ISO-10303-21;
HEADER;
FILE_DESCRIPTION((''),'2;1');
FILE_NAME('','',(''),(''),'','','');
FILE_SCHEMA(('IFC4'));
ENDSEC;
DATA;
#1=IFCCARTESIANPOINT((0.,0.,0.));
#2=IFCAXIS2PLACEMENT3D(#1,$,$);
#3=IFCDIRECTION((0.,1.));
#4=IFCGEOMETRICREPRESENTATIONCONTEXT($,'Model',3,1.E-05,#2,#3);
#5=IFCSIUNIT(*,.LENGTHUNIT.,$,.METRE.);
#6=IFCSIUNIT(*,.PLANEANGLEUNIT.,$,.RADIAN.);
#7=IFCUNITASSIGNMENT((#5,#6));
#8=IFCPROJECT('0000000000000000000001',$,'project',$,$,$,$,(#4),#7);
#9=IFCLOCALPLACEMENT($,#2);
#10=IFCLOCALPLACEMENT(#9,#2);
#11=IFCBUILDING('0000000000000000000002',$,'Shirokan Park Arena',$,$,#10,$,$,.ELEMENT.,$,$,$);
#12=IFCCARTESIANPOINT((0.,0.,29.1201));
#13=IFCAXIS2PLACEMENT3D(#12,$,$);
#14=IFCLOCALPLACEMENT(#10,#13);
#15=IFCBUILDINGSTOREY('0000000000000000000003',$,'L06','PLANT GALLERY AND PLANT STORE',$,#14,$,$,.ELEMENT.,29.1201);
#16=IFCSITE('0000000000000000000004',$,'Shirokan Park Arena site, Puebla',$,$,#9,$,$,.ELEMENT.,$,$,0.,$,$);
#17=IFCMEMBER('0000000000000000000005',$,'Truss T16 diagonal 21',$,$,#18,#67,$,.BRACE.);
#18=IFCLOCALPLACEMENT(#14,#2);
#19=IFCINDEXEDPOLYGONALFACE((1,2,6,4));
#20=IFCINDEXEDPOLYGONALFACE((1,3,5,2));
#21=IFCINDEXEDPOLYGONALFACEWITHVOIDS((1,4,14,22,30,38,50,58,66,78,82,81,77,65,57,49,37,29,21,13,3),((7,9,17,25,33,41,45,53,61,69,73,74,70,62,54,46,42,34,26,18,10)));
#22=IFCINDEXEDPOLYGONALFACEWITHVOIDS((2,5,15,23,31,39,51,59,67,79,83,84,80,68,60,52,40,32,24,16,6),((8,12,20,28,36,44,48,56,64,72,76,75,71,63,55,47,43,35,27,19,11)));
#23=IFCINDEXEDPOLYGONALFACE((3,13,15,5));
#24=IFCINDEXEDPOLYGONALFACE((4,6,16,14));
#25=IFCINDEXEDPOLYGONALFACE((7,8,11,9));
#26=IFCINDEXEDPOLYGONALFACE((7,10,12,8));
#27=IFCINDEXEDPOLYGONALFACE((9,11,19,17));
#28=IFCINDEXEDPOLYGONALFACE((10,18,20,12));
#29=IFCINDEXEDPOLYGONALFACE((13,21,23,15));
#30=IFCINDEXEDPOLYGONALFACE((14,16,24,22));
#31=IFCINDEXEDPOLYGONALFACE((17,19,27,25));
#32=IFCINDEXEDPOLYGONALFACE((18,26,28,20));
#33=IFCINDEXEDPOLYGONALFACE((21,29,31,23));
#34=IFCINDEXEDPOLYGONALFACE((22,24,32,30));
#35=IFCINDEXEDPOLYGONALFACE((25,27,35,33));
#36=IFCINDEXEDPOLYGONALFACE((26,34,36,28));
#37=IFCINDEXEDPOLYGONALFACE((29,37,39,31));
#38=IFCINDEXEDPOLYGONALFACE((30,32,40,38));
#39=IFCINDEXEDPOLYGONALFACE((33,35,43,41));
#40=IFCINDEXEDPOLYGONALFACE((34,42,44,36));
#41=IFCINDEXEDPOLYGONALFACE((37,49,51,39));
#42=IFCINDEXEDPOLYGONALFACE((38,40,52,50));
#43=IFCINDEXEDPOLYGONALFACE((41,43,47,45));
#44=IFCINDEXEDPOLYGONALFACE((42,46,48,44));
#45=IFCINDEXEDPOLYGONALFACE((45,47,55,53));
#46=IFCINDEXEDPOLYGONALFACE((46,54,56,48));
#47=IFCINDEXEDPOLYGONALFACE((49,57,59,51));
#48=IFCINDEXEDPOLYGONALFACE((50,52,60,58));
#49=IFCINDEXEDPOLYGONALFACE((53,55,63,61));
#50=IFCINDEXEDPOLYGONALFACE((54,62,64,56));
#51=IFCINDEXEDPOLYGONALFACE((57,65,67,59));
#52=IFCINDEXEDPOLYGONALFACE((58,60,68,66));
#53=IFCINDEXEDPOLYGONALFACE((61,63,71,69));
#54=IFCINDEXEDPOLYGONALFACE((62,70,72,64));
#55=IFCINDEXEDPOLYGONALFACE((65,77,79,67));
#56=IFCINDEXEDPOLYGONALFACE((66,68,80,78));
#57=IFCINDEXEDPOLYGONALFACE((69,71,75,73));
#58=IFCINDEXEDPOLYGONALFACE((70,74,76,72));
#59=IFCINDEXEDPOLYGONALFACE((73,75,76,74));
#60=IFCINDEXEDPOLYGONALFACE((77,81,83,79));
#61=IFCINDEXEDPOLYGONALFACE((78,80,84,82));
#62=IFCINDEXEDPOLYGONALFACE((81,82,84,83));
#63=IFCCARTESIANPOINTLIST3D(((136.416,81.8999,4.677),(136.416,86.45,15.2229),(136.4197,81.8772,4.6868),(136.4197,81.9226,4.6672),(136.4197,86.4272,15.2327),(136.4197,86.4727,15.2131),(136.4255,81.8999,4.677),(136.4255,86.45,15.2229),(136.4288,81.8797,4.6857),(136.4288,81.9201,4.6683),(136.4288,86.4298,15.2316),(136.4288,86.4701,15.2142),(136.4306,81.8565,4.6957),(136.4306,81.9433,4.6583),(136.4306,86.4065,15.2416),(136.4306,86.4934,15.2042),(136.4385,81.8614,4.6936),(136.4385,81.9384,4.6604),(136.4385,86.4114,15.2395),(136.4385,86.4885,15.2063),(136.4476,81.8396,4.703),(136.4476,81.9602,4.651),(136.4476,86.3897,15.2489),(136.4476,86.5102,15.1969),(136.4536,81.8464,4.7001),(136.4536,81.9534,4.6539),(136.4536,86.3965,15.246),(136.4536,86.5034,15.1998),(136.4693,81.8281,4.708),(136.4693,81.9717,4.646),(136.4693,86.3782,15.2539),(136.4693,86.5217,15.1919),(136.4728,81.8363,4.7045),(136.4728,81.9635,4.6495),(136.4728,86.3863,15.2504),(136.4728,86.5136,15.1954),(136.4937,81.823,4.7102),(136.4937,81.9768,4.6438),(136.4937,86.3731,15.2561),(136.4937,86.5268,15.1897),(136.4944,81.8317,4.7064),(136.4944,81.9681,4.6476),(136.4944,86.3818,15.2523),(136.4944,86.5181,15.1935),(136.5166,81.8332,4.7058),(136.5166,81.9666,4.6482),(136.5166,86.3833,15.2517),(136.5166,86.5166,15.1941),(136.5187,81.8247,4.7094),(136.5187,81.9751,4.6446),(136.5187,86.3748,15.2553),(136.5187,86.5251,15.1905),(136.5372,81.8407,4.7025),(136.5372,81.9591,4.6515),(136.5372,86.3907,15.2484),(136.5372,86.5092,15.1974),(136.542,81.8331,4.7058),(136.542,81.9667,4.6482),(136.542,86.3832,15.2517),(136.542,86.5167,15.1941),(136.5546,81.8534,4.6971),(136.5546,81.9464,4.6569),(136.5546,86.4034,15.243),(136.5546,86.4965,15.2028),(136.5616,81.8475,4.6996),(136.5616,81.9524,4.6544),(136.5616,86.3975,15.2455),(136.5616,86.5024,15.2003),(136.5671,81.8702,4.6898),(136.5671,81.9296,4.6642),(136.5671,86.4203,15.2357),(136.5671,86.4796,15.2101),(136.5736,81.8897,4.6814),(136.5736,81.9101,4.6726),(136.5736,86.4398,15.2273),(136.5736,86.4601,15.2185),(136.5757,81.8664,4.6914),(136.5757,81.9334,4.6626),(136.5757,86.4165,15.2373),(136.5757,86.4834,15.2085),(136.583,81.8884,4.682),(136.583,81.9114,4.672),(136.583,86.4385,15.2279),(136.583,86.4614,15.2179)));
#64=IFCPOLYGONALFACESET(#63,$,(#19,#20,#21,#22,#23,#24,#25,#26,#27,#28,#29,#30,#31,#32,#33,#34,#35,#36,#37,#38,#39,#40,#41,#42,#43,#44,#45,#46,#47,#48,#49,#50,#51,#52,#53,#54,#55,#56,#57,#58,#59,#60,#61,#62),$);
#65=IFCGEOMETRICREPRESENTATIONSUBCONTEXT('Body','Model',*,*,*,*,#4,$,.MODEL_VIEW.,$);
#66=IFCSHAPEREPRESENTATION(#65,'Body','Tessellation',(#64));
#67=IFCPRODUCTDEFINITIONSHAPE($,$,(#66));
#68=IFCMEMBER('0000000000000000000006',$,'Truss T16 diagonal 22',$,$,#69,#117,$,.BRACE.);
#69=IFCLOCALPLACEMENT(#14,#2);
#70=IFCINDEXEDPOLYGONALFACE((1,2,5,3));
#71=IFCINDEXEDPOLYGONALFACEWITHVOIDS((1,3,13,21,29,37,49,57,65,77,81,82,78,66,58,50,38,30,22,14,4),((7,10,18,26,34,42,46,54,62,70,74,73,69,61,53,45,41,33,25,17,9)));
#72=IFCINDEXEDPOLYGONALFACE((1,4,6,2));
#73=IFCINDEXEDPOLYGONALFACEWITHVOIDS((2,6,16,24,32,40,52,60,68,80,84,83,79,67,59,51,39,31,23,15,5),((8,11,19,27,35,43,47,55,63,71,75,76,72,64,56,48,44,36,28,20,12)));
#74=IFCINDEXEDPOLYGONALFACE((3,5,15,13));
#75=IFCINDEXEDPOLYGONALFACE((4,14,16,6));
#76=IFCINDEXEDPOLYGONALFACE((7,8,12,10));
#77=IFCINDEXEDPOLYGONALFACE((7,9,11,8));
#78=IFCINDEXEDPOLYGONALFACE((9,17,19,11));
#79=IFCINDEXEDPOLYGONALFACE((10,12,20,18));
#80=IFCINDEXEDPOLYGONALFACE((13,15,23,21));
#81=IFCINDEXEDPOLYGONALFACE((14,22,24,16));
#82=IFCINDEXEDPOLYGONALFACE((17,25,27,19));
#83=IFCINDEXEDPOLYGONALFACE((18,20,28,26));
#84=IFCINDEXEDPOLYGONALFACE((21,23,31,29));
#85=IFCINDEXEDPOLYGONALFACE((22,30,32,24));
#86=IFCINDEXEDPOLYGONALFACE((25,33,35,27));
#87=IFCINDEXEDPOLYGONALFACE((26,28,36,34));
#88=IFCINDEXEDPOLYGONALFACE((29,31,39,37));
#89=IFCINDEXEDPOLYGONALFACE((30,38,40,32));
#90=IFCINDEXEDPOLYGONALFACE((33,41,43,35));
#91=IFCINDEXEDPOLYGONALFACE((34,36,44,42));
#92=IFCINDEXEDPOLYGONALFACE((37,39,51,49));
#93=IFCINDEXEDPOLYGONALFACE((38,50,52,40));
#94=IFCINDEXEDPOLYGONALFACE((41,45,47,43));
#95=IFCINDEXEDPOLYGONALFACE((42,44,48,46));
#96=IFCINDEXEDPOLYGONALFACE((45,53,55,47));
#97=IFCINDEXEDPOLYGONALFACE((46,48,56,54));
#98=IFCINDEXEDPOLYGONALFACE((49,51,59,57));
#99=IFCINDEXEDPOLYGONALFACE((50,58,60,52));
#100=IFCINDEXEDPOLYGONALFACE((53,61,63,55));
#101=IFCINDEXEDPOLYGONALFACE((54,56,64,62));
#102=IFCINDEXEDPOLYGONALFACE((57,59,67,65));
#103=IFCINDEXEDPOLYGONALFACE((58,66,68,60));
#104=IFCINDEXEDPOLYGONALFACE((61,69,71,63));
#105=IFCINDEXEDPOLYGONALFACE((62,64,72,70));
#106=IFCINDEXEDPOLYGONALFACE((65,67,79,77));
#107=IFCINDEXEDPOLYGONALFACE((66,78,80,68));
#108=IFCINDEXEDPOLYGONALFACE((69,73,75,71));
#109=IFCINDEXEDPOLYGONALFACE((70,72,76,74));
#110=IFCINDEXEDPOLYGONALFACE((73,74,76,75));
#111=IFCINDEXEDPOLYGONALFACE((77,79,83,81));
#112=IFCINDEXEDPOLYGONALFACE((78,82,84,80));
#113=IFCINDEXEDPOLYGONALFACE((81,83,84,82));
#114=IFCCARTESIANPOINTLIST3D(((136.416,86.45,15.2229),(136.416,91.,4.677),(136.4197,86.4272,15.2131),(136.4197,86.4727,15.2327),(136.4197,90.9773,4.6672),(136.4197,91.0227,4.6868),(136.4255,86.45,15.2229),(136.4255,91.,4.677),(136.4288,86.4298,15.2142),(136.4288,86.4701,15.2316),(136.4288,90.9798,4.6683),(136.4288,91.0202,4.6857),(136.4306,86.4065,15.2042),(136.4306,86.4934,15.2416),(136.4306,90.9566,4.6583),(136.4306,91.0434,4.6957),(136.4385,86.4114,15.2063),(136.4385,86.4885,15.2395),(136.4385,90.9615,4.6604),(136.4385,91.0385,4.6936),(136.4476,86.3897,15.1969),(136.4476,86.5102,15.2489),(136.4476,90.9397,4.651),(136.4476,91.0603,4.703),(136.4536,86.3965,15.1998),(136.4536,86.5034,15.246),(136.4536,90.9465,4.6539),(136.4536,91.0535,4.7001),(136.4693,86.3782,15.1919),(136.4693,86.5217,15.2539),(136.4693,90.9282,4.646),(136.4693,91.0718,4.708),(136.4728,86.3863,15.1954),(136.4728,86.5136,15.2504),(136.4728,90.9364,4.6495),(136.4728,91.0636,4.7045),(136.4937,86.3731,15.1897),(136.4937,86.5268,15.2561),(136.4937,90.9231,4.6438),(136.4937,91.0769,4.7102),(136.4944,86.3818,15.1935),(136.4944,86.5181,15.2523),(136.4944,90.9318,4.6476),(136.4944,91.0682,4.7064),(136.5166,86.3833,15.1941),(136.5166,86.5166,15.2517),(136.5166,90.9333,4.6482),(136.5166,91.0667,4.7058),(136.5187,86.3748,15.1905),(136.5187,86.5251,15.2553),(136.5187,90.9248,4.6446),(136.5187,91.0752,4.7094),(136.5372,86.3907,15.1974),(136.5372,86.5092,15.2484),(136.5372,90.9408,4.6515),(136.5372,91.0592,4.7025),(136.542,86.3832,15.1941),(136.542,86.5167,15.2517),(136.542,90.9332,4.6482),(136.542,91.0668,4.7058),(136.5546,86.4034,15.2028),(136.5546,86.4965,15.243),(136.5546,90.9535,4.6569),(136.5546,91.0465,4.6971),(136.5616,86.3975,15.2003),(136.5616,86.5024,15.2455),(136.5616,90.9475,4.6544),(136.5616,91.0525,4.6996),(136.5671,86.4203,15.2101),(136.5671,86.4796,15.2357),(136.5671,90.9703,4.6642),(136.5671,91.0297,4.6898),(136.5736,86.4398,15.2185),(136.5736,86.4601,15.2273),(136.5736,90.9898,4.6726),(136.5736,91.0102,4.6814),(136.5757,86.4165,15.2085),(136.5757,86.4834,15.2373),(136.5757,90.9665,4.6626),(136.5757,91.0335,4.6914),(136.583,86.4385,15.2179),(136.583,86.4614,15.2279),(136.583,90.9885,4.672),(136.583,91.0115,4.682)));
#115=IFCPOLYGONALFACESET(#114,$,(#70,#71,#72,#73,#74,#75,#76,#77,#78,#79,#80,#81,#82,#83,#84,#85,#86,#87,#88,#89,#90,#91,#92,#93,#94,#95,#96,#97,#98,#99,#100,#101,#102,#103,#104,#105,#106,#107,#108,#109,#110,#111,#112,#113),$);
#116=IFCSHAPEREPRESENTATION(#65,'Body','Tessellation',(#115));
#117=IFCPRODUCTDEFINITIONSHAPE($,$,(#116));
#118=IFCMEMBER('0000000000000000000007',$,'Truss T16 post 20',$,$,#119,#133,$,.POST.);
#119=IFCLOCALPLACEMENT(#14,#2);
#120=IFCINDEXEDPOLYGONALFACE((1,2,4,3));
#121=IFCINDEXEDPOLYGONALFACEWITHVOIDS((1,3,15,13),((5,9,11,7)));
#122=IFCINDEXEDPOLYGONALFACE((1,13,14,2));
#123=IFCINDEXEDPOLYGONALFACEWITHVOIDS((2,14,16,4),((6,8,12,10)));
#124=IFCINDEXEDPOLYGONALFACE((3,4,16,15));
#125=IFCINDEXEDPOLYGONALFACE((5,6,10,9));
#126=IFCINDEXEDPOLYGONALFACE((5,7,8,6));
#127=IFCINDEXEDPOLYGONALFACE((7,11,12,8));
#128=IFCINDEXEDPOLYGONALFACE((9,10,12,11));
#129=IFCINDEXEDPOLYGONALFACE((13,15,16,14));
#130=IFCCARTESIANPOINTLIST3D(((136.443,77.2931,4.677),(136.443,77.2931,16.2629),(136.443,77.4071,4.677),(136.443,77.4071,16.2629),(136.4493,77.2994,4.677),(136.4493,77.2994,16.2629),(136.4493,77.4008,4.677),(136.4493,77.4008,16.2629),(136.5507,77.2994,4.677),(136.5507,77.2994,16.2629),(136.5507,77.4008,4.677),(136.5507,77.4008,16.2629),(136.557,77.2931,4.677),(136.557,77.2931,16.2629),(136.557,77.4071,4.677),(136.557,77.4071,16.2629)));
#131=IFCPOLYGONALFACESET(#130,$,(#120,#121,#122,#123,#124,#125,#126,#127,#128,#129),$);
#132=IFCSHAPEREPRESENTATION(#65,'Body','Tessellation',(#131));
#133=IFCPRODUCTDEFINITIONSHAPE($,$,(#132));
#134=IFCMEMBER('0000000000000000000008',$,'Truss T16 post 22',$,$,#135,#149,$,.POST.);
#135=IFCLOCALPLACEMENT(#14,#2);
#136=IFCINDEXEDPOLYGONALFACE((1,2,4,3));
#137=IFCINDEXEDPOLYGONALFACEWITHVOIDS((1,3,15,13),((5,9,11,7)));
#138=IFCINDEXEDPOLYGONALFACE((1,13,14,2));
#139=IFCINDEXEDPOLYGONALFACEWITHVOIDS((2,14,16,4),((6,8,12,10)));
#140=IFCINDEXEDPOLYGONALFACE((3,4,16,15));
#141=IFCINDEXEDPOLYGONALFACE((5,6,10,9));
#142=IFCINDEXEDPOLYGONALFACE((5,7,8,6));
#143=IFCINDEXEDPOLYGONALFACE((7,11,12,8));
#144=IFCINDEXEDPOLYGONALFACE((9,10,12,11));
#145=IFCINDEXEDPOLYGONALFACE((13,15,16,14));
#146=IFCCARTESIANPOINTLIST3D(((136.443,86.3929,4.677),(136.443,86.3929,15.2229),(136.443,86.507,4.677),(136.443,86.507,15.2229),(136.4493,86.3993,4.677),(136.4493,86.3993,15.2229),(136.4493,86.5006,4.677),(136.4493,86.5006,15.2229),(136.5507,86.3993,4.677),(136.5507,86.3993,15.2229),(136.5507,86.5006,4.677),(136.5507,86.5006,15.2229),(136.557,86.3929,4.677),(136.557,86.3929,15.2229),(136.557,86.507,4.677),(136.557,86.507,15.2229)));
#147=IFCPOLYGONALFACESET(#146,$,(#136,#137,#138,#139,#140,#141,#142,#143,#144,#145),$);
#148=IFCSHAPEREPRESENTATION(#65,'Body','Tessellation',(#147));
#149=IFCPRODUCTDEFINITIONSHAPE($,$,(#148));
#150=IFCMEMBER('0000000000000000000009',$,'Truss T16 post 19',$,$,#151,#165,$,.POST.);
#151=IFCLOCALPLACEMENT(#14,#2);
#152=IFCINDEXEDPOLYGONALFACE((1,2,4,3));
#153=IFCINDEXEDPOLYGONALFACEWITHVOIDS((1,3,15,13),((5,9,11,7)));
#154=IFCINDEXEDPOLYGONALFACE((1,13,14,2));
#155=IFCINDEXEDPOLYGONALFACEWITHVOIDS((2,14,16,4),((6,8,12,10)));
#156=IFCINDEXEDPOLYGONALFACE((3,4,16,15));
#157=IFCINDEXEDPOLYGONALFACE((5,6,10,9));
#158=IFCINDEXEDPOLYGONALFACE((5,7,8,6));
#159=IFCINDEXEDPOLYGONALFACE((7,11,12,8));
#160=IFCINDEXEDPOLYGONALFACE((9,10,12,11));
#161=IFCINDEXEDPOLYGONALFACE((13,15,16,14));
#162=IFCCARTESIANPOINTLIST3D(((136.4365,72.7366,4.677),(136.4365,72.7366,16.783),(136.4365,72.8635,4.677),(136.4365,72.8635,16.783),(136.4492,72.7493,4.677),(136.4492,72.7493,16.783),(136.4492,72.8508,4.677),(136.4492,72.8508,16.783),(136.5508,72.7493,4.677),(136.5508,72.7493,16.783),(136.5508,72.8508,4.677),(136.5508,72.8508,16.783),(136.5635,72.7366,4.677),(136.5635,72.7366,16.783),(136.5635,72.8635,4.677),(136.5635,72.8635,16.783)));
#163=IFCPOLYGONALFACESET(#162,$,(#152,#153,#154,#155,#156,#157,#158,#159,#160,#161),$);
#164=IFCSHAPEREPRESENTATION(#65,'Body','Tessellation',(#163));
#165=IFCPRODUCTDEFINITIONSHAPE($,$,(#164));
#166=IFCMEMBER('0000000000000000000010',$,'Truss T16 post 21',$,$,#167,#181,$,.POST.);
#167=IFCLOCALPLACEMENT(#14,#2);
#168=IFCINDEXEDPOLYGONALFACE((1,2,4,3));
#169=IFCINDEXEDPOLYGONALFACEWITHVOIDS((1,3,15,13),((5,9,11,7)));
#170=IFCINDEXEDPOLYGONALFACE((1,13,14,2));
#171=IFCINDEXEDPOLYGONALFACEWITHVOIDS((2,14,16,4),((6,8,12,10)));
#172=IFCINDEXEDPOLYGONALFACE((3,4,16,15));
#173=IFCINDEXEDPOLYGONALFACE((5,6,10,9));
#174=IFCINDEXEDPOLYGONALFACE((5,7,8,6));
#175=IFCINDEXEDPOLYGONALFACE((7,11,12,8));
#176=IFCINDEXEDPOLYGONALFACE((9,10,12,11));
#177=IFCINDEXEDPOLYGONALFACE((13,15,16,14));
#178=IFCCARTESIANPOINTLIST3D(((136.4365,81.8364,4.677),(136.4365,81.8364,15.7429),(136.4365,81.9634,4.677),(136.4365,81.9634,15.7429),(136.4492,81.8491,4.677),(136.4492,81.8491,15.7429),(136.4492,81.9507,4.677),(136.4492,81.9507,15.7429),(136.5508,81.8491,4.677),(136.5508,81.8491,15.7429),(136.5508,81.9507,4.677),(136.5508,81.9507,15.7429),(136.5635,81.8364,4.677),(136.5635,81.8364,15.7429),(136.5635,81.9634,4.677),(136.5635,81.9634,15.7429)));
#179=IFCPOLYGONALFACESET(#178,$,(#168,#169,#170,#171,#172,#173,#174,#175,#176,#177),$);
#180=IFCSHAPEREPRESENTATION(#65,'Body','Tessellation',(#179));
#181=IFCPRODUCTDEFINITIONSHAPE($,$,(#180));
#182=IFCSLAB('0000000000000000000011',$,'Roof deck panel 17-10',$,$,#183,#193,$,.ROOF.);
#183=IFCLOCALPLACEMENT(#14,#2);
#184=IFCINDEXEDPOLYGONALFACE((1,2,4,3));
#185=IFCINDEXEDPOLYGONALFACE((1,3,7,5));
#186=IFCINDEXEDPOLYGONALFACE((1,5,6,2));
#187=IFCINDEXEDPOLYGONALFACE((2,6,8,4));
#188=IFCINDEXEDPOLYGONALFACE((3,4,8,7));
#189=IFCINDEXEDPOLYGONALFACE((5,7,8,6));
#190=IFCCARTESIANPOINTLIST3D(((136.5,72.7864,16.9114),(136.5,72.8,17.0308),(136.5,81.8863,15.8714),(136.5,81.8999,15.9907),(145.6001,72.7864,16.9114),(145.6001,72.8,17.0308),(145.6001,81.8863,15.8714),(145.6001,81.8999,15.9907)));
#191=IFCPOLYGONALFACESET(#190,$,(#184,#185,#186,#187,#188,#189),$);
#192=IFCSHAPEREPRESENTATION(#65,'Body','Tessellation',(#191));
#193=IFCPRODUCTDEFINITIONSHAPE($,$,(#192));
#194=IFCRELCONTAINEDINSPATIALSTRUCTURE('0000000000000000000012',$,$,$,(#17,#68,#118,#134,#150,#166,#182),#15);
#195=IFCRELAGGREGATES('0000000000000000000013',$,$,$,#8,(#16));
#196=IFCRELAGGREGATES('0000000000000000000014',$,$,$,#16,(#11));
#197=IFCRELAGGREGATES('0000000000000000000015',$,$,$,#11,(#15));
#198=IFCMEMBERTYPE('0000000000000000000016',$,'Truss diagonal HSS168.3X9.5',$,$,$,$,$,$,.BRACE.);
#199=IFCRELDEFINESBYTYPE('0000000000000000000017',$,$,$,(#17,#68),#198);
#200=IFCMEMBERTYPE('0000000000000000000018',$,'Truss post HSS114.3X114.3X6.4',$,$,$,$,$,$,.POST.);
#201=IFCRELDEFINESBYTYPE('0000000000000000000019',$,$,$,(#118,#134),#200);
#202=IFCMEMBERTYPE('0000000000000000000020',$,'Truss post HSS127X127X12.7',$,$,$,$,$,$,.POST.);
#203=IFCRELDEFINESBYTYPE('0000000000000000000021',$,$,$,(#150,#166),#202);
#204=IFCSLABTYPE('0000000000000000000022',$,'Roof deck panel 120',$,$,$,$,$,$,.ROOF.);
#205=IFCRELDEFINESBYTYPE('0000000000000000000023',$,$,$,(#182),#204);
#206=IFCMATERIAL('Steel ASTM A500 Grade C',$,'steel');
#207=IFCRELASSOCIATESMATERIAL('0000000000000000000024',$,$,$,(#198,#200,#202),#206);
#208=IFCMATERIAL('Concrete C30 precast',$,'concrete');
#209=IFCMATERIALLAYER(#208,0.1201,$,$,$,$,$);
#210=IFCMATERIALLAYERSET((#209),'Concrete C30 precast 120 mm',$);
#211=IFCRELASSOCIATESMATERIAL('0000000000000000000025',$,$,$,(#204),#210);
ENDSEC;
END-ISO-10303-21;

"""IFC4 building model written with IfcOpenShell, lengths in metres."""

from ifc_helpers import new_model, si_unit, direction, frame, origin, origin_2d, place, context, subcontext, project, spatial, polyline, hollow_rectangle, hollow_circle, outline, extrude, material, layer, layer_set, material_profile, profile_set, type_object, element, save


model = new_model("IFC4")

# Units and contexts
model_context = context("Model", 3, precision=1e-05, world=origin(), true_north=direction((0.0, 1.0)))
body_context = subcontext(model_context, "Body", "Model", "MODEL_VIEW")
ifc_project = project(units=[si_unit("LENGTHUNIT", "METRE"), si_unit("PLANEANGLEUNIT", "RADIAN")], contexts=[model_context])

# Site, building, storey
site_placement = place(None, origin())
site = spatial("IfcSite", under=ifc_project, at=site_placement, Name="Shirokan Park Arena site, Puebla", CompositionType="ELEMENT", RefElevation=0.0)
building_placement = place(site_placement, origin())
building = spatial("IfcBuilding", under=site, at=building_placement, Name="Shirokan Park Arena", CompositionType="ELEMENT")
storey_placement = place(building_placement, frame((0.0, 0.0, 29.1201)))
storey = spatial("IfcBuildingStorey", under=building, at=storey_placement, Name="L06", Description="PLANT GALLERY AND PLANT STORE", CompositionType="ELEMENT", Elevation=29.1201)

# Shared definitions
ifc_material_1 = material(Name="Steel ASTM A500 Grade C", Category="steel")

# Members
ifc_material_profile_1 = material_profile(ifc_material_1, hollow_circle(Radius=0.084, WallThickness=0.0095, at=origin_2d()), Name="HSS168.3X9.5")
ifc_profile_set_1 = profile_set([ifc_material_profile_1], Name="Steel ASTM A500 Grade C")
member_type_1 = type_object("IfcMemberType", Name="Truss diagonal HSS168.3X9.5", PredefinedType="BRACE", material=ifc_profile_set_1)
for number, where, z_axis, x_axis, name in (
    (1, (136.5, 81.8999, 4.677), (0.0, 0.396153, 0.918185), (-1.0, 0.0, 0.0), "Truss T16 diagonal 21"),
    (2, (136.5, 86.45, 15.2229), (0.0, 0.396153, -0.918185), (-1.0, 0.0, 0.0), "Truss T16 diagonal 22"),
):
    element("IfcMember", number, at=place(storey_placement, frame(where, z_axis=z_axis, x_axis=x_axis)), inside=storey, type_object=member_type_1, Name=name, PredefinedType="BRACE", context=body_context, shape_type="SweptSolid", body=[
        extrude(hollow_circle(Radius=0.084, WallThickness=0.0095, at=origin_2d()), origin(), (0.0, 0.0, 1.0), 11.4856),
    ])
ifc_material_profile_2 = material_profile(ifc_material_1, hollow_rectangle(XDim=0.114, YDim=0.114, WallThickness=0.0063, at=origin_2d()), Name="HSS114.3X114.3X6.4")
ifc_profile_set_2 = profile_set([ifc_material_profile_2], Name="Steel ASTM A500 Grade C")
member_type_2 = type_object("IfcMemberType", Name="Truss post HSS114.3X114.3X6.4", PredefinedType="POST", material=ifc_profile_set_2)
member_1_placement = place(storey_placement, frame((136.5, 77.3501, 4.677), z_axis=(0.0, 0.0, 1.0), x_axis=(1.0, 0.0, 0.0)))
element("IfcMember", 3, at=member_1_placement, inside=storey, type_object=member_type_2, Name="Truss T16 post 20", PredefinedType="POST", context=body_context, shape_type="SweptSolid", body=[
    extrude(hollow_rectangle(XDim=0.114, YDim=0.114, WallThickness=0.0063, at=origin_2d()), origin(), (0.0, 0.0, 1.0), 11.5859),
])
member_2_placement = place(storey_placement, frame((136.5, 86.45, 4.677), z_axis=(0.0, 0.0, 1.0), x_axis=(1.0, 0.0, 0.0)))
element("IfcMember", 4, at=member_2_placement, inside=storey, type_object=member_type_2, Name="Truss T16 post 22", PredefinedType="POST", context=body_context, shape_type="SweptSolid", body=[
    extrude(hollow_rectangle(XDim=0.114, YDim=0.114, WallThickness=0.0063, at=origin_2d()), origin(), (0.0, 0.0, 1.0), 10.5459),
])
ifc_material_profile_3 = material_profile(ifc_material_1, hollow_rectangle(XDim=0.127, YDim=0.127, WallThickness=0.0127, at=origin_2d()), Name="HSS127X127X12.7")
ifc_profile_set_3 = profile_set([ifc_material_profile_3], Name="Steel ASTM A500 Grade C")
member_type_3 = type_object("IfcMemberType", Name="Truss post HSS127X127X12.7", PredefinedType="POST", material=ifc_profile_set_3)
member_3_placement = place(storey_placement, frame((136.5, 72.8, 4.677), z_axis=(0.0, 0.0, 1.0), x_axis=(1.0, 0.0, 0.0)))
element("IfcMember", 5, at=member_3_placement, inside=storey, type_object=member_type_3, Name="Truss T16 post 19", PredefinedType="POST", context=body_context, shape_type="SweptSolid", body=[
    extrude(hollow_rectangle(XDim=0.127, YDim=0.127, WallThickness=0.0127, at=origin_2d()), origin(), (0.0, 0.0, 1.0), 12.106),
])
member_4_placement = place(storey_placement, frame((136.5, 81.8999, 4.677), z_axis=(0.0, 0.0, 1.0), x_axis=(1.0, 0.0, 0.0)))
element("IfcMember", 6, at=member_4_placement, inside=storey, type_object=member_type_3, Name="Truss T16 post 21", PredefinedType="POST", context=body_context, shape_type="SweptSolid", body=[
    extrude(hollow_rectangle(XDim=0.127, YDim=0.127, WallThickness=0.0127, at=origin_2d()), origin(), (0.0, 0.0, 1.0), 11.0659),
])

# Slab
ifc_material_2 = material(Name="Concrete C30 precast", Category="concrete")
ifc_layer_1 = layer(ifc_material_2, 0.1201)
ifc_layer_set_1 = layer_set([ifc_layer_1], Name="Concrete C30 precast 120 mm")
slab_type = type_object("IfcSlabType", Name="Roof deck panel 120", PredefinedType="ROOF", material=ifc_layer_set_1)
slab_1_placement = place(storey_placement, frame((136.5, 72.8, 17.0308), z_axis=(0.0, 0.113553, 0.993532), x_axis=(1.0, 0.0, 0.0)))
element("IfcSlab", 7, at=slab_1_placement, inside=storey, type_object=slab_type, Name="Roof deck panel 17-10", PredefinedType="ROOF", context=body_context, shape_type="SweptSolid", body=[
    extrude(outline(polyline([(0.0, 0.0), (9.1001, 0.0), (9.1001, 9.1591), (0.0, 9.1591), (0.0, 0.0)])), origin(), (0.0, 0.0, -1.0), 0.1201),
])

save(model, "model.ifc")
